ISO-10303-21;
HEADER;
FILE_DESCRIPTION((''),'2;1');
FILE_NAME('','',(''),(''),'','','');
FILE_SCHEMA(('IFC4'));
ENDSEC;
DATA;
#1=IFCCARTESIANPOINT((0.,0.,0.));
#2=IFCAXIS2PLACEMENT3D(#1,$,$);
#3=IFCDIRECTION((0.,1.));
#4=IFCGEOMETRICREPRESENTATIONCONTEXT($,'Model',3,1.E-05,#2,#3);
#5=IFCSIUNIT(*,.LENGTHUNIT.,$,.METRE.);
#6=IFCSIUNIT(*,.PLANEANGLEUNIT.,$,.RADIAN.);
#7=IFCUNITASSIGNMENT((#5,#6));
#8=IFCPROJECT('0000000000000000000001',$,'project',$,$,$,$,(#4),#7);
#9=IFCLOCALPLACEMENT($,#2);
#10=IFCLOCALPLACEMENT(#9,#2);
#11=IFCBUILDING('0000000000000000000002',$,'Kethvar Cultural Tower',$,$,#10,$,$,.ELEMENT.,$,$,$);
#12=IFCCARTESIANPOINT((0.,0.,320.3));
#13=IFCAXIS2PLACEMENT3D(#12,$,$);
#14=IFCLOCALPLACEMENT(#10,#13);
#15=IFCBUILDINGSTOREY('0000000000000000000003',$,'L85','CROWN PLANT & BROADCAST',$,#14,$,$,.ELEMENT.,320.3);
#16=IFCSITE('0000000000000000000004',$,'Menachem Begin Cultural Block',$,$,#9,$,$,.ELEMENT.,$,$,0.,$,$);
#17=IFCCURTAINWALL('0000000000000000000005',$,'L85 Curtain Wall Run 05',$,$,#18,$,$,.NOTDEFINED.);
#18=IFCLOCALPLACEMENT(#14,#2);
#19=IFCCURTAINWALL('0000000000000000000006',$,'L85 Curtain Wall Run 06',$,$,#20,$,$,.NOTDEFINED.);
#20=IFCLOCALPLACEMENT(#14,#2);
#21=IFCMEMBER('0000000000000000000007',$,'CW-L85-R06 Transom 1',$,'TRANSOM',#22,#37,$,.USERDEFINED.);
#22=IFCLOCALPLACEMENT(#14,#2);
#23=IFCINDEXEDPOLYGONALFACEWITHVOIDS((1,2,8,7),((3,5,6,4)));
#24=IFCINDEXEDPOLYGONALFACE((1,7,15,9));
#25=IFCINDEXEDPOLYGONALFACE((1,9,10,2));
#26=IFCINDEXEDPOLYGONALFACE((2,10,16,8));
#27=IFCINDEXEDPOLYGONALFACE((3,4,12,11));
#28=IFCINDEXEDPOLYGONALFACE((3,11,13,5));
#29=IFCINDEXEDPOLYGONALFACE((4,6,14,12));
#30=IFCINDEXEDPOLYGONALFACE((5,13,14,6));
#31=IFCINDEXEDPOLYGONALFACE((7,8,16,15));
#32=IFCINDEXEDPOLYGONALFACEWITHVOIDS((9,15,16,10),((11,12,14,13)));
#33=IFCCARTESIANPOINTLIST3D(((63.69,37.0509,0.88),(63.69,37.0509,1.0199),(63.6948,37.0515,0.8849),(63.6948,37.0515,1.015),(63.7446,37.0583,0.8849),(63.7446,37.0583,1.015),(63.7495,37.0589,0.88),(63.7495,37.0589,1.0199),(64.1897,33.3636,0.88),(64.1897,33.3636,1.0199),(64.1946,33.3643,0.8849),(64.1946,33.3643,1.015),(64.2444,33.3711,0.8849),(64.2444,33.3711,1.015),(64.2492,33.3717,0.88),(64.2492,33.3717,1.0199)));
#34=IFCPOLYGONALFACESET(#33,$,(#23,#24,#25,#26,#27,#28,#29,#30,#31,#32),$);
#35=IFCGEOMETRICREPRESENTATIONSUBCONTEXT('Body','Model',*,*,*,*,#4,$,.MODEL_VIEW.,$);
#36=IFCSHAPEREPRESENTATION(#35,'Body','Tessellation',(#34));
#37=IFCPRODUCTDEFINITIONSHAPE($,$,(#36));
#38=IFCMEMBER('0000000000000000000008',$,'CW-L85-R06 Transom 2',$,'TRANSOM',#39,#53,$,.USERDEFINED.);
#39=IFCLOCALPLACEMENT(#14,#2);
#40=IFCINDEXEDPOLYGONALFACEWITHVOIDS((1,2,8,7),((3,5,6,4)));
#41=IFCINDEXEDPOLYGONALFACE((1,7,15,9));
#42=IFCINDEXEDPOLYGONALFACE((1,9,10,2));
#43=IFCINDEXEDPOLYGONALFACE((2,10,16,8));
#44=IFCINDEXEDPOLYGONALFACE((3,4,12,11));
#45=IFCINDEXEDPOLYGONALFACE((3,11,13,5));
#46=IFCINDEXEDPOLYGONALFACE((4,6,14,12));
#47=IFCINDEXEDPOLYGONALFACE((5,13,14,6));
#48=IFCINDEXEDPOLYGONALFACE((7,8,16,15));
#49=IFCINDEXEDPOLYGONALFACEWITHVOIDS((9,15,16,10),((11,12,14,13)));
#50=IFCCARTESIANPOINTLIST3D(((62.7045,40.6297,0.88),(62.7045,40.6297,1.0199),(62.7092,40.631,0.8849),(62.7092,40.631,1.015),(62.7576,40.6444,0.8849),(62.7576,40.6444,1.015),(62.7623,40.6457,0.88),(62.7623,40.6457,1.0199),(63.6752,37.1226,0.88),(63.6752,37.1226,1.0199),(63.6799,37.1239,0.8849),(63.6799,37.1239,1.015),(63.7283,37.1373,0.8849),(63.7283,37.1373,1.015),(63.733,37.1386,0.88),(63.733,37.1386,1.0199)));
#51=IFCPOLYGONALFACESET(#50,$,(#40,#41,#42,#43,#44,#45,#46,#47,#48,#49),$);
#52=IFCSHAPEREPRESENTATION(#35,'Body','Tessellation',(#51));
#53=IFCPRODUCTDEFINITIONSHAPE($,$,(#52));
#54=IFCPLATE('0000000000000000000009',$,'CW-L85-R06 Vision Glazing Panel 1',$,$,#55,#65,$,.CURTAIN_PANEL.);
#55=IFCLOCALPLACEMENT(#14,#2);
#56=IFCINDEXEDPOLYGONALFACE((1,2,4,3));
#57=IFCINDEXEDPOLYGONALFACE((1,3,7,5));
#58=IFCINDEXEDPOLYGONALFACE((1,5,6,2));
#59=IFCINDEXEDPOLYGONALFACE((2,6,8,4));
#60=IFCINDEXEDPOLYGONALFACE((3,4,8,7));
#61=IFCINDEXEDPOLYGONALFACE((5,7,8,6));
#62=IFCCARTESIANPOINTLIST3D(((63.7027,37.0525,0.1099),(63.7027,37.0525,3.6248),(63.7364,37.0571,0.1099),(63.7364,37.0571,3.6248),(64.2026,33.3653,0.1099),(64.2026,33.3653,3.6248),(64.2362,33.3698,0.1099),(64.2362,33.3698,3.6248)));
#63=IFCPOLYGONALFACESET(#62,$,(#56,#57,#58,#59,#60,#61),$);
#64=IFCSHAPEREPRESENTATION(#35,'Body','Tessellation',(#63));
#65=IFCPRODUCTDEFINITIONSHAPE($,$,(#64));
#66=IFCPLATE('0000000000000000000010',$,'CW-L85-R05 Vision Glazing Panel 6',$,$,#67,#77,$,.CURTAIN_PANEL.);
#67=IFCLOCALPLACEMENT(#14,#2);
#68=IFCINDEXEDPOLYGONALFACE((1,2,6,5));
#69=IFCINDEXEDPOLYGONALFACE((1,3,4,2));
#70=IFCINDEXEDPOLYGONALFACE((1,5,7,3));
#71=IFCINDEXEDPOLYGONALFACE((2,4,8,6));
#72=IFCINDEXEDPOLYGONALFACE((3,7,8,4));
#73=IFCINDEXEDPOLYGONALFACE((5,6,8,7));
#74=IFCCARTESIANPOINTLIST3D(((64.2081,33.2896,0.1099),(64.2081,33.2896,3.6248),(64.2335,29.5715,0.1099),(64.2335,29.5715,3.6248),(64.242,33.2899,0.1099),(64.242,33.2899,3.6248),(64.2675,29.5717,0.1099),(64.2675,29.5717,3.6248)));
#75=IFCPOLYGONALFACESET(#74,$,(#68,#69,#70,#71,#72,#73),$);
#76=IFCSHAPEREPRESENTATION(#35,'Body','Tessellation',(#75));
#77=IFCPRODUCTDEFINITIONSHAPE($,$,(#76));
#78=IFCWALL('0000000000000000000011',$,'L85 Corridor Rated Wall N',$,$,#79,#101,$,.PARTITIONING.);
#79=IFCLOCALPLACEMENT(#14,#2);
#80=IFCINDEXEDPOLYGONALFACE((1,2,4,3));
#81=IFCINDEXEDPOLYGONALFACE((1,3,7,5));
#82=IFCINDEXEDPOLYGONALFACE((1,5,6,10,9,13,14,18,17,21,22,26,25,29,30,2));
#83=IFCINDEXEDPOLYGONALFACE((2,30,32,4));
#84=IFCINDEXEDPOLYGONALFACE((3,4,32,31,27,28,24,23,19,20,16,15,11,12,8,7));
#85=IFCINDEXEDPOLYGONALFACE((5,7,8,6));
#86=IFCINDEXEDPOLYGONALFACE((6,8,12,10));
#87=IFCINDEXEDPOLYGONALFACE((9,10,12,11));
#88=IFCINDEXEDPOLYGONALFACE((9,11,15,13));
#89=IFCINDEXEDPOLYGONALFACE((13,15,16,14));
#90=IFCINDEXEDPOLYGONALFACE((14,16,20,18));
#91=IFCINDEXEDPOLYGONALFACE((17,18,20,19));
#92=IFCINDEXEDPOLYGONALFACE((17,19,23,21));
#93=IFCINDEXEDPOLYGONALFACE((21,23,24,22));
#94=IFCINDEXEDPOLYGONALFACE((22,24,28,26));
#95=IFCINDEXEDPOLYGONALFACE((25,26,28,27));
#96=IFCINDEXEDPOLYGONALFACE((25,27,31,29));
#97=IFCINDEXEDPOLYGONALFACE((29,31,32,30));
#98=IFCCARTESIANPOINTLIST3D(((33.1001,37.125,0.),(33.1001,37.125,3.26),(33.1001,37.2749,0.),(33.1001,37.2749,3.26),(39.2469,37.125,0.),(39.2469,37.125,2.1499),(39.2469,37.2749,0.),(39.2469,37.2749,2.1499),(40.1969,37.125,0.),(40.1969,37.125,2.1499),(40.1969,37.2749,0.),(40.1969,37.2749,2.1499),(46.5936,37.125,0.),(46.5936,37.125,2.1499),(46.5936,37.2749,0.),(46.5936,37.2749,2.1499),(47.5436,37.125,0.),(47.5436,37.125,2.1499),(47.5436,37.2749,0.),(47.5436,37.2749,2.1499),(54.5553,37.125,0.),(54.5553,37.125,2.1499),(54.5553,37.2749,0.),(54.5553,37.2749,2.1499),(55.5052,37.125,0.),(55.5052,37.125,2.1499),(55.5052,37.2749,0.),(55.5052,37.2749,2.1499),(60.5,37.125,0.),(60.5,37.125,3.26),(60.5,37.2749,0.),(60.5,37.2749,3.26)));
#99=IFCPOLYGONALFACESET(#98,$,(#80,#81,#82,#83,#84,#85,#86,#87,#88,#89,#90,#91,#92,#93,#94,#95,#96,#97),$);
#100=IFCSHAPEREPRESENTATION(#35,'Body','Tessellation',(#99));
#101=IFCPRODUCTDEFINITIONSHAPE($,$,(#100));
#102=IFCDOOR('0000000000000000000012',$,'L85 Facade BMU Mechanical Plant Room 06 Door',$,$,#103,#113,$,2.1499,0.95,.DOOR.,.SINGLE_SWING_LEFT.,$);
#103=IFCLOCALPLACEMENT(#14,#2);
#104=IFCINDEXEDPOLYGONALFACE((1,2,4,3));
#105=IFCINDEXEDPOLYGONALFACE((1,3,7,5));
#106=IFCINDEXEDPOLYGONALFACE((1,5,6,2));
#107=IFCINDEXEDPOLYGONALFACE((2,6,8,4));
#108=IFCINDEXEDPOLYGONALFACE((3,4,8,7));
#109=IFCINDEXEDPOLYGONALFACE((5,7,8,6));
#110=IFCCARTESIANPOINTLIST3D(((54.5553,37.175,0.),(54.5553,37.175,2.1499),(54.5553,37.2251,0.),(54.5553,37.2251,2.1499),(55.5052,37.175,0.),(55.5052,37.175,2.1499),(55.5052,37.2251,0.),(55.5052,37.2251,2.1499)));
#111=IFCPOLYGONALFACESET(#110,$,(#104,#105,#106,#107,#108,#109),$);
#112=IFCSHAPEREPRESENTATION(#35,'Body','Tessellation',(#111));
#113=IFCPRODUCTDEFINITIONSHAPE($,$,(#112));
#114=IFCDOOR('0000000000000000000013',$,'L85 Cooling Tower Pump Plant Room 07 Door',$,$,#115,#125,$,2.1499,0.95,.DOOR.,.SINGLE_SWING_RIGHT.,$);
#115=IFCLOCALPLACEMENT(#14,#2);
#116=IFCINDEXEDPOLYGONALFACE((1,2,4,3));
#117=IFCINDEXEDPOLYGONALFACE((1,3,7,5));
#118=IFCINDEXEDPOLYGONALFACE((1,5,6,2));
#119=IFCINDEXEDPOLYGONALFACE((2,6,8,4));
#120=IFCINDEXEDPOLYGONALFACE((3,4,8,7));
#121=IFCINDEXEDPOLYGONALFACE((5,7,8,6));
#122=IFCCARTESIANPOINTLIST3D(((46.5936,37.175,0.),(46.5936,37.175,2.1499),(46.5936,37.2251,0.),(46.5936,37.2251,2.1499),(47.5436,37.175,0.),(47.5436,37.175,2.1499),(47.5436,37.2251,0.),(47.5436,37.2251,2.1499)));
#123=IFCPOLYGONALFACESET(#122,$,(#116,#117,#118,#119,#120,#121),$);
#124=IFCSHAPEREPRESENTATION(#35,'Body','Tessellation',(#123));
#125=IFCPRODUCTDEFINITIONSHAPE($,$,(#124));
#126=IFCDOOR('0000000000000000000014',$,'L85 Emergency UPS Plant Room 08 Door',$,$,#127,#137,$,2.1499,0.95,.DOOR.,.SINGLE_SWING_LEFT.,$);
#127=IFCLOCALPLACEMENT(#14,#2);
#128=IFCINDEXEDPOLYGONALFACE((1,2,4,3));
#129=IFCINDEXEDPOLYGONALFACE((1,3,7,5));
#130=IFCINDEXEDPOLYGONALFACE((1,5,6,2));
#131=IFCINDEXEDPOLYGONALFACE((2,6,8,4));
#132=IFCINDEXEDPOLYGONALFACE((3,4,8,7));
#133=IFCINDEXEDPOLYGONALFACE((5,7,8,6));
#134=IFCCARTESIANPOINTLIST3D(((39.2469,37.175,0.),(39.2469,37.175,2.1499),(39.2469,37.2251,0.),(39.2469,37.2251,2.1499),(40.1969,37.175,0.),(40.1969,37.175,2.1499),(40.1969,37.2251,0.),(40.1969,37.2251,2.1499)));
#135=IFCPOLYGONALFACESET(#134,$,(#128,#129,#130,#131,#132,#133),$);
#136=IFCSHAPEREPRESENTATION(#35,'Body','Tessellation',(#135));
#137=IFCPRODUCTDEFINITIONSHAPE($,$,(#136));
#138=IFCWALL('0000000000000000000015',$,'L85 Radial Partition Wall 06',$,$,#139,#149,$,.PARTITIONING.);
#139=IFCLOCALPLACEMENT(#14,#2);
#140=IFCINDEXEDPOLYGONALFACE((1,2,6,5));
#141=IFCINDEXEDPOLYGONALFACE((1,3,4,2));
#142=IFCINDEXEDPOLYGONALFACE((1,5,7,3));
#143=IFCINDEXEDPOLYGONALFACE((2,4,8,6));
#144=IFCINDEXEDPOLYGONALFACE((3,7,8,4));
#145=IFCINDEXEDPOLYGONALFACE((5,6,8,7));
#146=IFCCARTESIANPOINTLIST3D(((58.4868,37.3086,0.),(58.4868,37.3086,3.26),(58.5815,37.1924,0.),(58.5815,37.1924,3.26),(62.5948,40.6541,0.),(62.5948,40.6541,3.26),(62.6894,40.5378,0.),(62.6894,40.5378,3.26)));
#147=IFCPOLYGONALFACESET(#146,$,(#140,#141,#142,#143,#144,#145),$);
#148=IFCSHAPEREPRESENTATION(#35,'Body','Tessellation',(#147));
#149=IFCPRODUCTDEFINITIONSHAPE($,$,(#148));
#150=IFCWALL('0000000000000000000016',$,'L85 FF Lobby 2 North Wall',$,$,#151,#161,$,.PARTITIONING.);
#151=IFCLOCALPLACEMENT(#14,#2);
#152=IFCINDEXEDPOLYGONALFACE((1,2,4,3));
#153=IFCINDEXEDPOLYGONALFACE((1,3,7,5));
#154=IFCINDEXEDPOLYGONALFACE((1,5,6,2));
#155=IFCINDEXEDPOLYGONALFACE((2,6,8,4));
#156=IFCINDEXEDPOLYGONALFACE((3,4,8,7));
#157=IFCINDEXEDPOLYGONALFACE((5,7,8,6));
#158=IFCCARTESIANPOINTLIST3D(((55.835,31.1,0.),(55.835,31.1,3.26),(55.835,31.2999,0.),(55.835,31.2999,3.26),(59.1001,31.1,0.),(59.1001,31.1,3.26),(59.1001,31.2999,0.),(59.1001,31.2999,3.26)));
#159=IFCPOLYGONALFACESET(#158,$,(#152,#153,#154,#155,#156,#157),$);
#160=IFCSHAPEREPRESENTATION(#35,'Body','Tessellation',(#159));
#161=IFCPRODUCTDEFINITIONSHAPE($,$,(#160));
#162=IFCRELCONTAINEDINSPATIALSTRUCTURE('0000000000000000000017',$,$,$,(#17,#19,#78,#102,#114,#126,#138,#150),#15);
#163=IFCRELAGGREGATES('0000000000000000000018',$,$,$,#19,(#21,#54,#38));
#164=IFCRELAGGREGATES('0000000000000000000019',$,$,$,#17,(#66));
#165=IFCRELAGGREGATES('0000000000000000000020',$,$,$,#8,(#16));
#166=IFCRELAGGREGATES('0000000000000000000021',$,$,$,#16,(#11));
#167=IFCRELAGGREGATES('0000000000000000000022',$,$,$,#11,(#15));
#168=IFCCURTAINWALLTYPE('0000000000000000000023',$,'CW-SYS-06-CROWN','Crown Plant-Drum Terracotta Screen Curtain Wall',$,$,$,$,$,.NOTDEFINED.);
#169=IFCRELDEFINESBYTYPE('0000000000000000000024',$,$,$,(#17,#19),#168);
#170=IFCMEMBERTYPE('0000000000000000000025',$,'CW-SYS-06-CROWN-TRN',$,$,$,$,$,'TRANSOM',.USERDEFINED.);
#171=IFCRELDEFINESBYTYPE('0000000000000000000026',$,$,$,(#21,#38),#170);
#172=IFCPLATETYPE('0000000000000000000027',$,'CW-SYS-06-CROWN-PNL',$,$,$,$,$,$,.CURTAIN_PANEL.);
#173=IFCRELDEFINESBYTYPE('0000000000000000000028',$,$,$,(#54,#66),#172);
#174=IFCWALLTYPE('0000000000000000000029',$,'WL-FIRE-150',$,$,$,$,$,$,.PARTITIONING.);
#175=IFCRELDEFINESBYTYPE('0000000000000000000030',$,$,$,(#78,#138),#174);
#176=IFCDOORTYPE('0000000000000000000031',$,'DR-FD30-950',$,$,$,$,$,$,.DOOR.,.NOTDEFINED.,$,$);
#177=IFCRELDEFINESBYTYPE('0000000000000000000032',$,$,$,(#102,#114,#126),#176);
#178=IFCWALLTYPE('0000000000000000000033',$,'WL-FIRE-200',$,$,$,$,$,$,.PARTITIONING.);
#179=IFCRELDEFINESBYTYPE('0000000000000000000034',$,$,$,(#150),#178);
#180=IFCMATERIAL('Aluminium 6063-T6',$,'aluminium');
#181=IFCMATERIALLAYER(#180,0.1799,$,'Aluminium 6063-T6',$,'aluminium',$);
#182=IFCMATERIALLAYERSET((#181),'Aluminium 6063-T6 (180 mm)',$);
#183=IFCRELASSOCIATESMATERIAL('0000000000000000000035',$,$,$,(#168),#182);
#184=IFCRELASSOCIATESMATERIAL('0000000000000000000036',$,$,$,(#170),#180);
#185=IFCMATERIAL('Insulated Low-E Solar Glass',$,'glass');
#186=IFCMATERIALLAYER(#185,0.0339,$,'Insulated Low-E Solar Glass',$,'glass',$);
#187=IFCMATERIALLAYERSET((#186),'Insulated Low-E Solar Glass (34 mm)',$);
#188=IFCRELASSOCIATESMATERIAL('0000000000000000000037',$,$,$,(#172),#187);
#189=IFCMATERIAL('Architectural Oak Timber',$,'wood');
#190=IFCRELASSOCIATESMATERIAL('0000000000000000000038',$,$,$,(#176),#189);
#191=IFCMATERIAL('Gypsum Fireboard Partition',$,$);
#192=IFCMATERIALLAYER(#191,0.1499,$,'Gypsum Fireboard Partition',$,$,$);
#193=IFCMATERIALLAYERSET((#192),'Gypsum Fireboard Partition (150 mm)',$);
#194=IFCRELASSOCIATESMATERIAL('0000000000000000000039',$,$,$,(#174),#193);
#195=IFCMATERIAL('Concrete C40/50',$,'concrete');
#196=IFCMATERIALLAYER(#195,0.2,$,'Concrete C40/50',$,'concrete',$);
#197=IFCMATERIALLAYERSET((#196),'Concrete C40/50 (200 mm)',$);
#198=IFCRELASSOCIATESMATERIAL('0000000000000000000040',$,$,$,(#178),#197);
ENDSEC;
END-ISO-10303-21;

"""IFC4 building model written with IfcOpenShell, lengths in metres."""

from ifc_helpers import new_model, si_unit, direction, frame, frame_2d, origin, origin_2d, place, context, subcontext, project, spatial, rectangle, hollow_rectangle, extrude, source, transform, mapped, material, layer, layer_set, material_profile, profile_set, type_object, element, fill, aggregate, save


model = new_model("IFC4")

# Units and contexts
model_context = context("Model", 3, precision=1e-05, world=origin(), true_north=direction((0.0, 1.0)))
body_context = subcontext(model_context, "Body", "Model", "MODEL_VIEW")
ifc_project = project(units=[si_unit("LENGTHUNIT", "METRE"), si_unit("PLANEANGLEUNIT", "RADIAN")], contexts=[model_context])

# Site, building, storey
site_placement = place(None, origin())
site = spatial("IfcSite", under=ifc_project, at=site_placement, Name="Menachem Begin Cultural Block", CompositionType="ELEMENT", RefElevation=0.0)
building_placement = place(site_placement, origin())
building = spatial("IfcBuilding", under=site, at=building_placement, Name="Kethvar Cultural Tower", CompositionType="ELEMENT")
storey_placement = place(building_placement, frame((0.0, 0.0, 320.3)))
storey = spatial("IfcBuildingStorey", under=building, at=storey_placement, Name="L85", Description="CROWN PLANT & BROADCAST", CompositionType="ELEMENT", Elevation=320.3)

# Curtain walls
ifc_material_1 = material(Name="Aluminium 6063-T6", Category="aluminium")
ifc_layer_1 = layer(ifc_material_1, 0.1799, Name="Aluminium 6063-T6", Category="aluminium")
ifc_layer_set_1 = layer_set([ifc_layer_1], Name="Aluminium 6063-T6 (180 mm)")
curtain_wall_type = type_object("IfcCurtainWallType", Name="CW-SYS-06-CROWN", Description="Crown Plant-Drum Terracotta Screen Curtain Wall", PredefinedType="NOTDEFINED", material=ifc_layer_set_1)
curtain_wall_1_placement = place(storey_placement, origin())
curtain_wall_1 = element("IfcCurtainWall", 1, at=curtain_wall_1_placement, inside=storey, type_object=curtain_wall_type, Name="L85 Curtain Wall Run 05", PredefinedType="NOTDEFINED")
curtain_wall_2_placement = place(storey_placement, origin())
curtain_wall_2 = element("IfcCurtainWall", 2, at=curtain_wall_2_placement, inside=storey, type_object=curtain_wall_type, Name="L85 Curtain Wall Run 06", PredefinedType="NOTDEFINED")

# Members
ifc_material_profile_1 = material_profile(ifc_material_1, hollow_rectangle(XDim=0.0601, YDim=0.1399, WallThickness=0.0049, at=origin_2d()), Name="Aluminium 6063-T6 — RHS140x60x5")
ifc_profile_set_1 = profile_set([ifc_material_profile_1], Name="Aluminium 6063-T6 — RHS140x60x5")
member_type_1 = type_object("IfcMemberType", Name="CW-SYS-06-CROWN-TRN", ElementType="TRANSOM", PredefinedType="USERDEFINED", material=ifc_profile_set_1)
shared_shape_1 = source(origin(), body_context, "Body", "SweptSolid", [
    extrude(hollow_rectangle(XDim=0.0601, YDim=0.1399, WallThickness=0.0049, at=origin_2d()), origin(), (0.0, 0.0, 1.0), 3.7209),
])
member_1_placement = place(storey_placement, frame((64.2195, 33.3677, 0.95), z_axis=(-0.134308, 0.99094, 0.0), x_axis=(-0.99094, -0.134308, 0.0)))
member_1 = element("IfcMember", 3, at=member_1_placement, type_object=member_type_1, Name="CW-L85-R06 Transom 1", ObjectType="TRANSOM", PredefinedType="USERDEFINED", context=body_context, shape_type="MappedRepresentation", body=[
    mapped(shared_shape_1, transform((0.0, 0.0, 0.0), scale=1.0)),
])
shared_shape_2 = source(origin(), body_context, "Body", "SweptSolid", [
    extrude(hollow_rectangle(XDim=0.0601, YDim=0.1399, WallThickness=0.0049, at=origin_2d()), origin(), (0.0, 0.0, 1.0), 3.6389),
])
member_2_placement = place(storey_placement, frame((63.7041, 37.1306, 0.95), z_axis=(-0.266754, 0.963765, 0.0), x_axis=(-0.963765, -0.266754, 0.0)))
member_2 = element("IfcMember", 4, at=member_2_placement, type_object=member_type_1, Name="CW-L85-R06 Transom 2", ObjectType="TRANSOM", PredefinedType="USERDEFINED", context=body_context, shape_type="MappedRepresentation", body=[
    mapped(shared_shape_2, transform((0.0, 0.0, 0.0), scale=1.0)),
])

# Plates
ifc_material_2 = material(Name="Insulated Low-E Solar Glass", Category="glass")
ifc_layer_2 = layer(ifc_material_2, 0.0339, Name="Insulated Low-E Solar Glass", Category="glass")
ifc_layer_set_2 = layer_set([ifc_layer_2], Name="Insulated Low-E Solar Glass (34 mm)")
plate_type = type_object("IfcPlateType", Name="CW-SYS-06-CROWN-PNL", PredefinedType="CURTAIN_PANEL", material=ifc_layer_set_2)
shared_shape_3 = source(origin(), body_context, "Body", "SweptSolid", [
    extrude(rectangle(XDim=3.7209, YDim=0.0339, at=origin_2d()), origin(), (0.0, 0.0, 1.0), 3.5149),
])
plate_1_placement = place(storey_placement, frame((63.9695, 35.2112, 0.1099), z_axis=(0.0, 0.0, 1.0), x_axis=(-0.134332, 0.990936, 0.0)))
plate_1 = element("IfcPlate", 5, at=plate_1_placement, type_object=plate_type, Name="CW-L85-R06 Vision Glazing Panel 1", PredefinedType="CURTAIN_PANEL", context=body_context, shape_type="MappedRepresentation", body=[
    mapped(shared_shape_3, transform((0.0, 0.0, 0.0), scale=1.0)),
])
aggregate(curtain_wall_2, [member_1, plate_1, member_2])
shared_shape_4 = source(origin(), body_context, "Body", "SweptSolid", [
    extrude(rectangle(XDim=3.7183, YDim=0.0339, at=origin_2d()), origin(), (0.0, 0.0, 1.0), 3.5149),
])
plate_2_placement = place(storey_placement, frame((64.2378, 31.4307, 0.1099), z_axis=(0.0, 0.0, 1.0), x_axis=(-0.006842, 0.999977, 0.0)))
plate_2 = element("IfcPlate", 6, at=plate_2_placement, type_object=plate_type, Name="CW-L85-R05 Vision Glazing Panel 6", PredefinedType="CURTAIN_PANEL", context=body_context, shape_type="MappedRepresentation", body=[
    mapped(shared_shape_4, transform((0.0, 0.0, 0.0), scale=1.0)),
])
aggregate(curtain_wall_1, [plate_2])

# Wall, openings, doors
ifc_material_3 = material(Name="Architectural Oak Timber", Category="wood")
door_type_1 = type_object("IfcDoorType", Name="DR-FD30-950", OperationType="NOTDEFINED", PredefinedType="DOOR", material=ifc_material_3)
shared_shape_5 = source(origin(), body_context, "Body", "SweptSolid", [
    extrude(rectangle(XDim=0.95, YDim=2.1499, at=frame_2d((0.4751, 1.075))), frame((0.0, 0.0249, 0.0), z_axis=(0.0, -1.0, 0.0), x_axis=(1.0, 0.0, 0.0)), (0.0, 0.0, 1.0), 0.05),
])
ifc_material_4 = material(Name="Gypsum Fireboard Partition")
ifc_layer_3 = layer(ifc_material_4, 0.1499, Name="Gypsum Fireboard Partition")
ifc_layer_set_3 = layer_set([ifc_layer_3], Name="Gypsum Fireboard Partition (150 mm)")
wall_type_1 = type_object("IfcWallType", Name="WL-FIRE-150", PredefinedType="PARTITIONING", material=ifc_layer_set_3)
wall_1_placement = place(storey_placement, frame((60.5, 37.2, 0.0), z_axis=(0.0, 0.0, 1.0), x_axis=(-1.0, 0.0, 0.0)))
wall_1 = element("IfcWall", 7, at=wall_1_placement, inside=storey, type_object=wall_type_1, Name="L85 Corridor Rated Wall N", PredefinedType="PARTITIONING", context=body_context, shape_type="SweptSolid", body=[
    extrude(rectangle(XDim=27.3999, YDim=0.1499, at=frame_2d((13.7, 0.0))), origin(), (0.0, 0.0, 1.0), 3.26),
])
opening_1_placement = place(wall_1_placement, frame((4.9946, 0.0, 0.0)))
opening_1 = element("IfcOpeningElement", 8, at=opening_1_placement, cuts=wall_1, PredefinedType="OPENING", context=body_context, shape_type="SweptSolid", body=[
    extrude(rectangle(XDim=0.95, YDim=2.1499, at=frame_2d((0.4751, 1.075))), frame((0.0, 0.085, 0.0), z_axis=(0.0, -1.0, 0.0), x_axis=(1.0, 0.0, 0.0)), (0.0, 0.0, 1.0), 0.1699),
])
opening_2_placement = place(wall_1_placement, frame((12.9563, 0.0, 0.0)))
opening_2 = element("IfcOpeningElement", 9, at=opening_2_placement, cuts=wall_1, PredefinedType="OPENING", context=body_context, shape_type="SweptSolid", body=[
    extrude(rectangle(XDim=0.95, YDim=2.1499, at=frame_2d((0.4751, 1.075))), frame((0.0, 0.085, 0.0), z_axis=(0.0, -1.0, 0.0), x_axis=(1.0, 0.0, 0.0)), (0.0, 0.0, 1.0), 0.1699),
])
opening_3_placement = place(wall_1_placement, frame((20.303, 0.0, 0.0)))
opening_3 = element("IfcOpeningElement", 10, at=opening_3_placement, cuts=wall_1, PredefinedType="OPENING", context=body_context, shape_type="SweptSolid", body=[
    extrude(rectangle(XDim=0.95, YDim=2.1499, at=frame_2d((0.4751, 1.075))), frame((0.0, 0.085, 0.0), z_axis=(0.0, -1.0, 0.0), x_axis=(1.0, 0.0, 0.0)), (0.0, 0.0, 1.0), 0.1699),
])
door_1_placement = place(opening_1_placement, origin())
door_1 = element("IfcDoor", 11, at=door_1_placement, inside=storey, type_object=door_type_1, Name="L85 Facade BMU Mechanical Plant Room 06 Door", OperationType="SINGLE_SWING_LEFT", OverallHeight=2.1499, OverallWidth=0.95, PredefinedType="DOOR", context=body_context, shape_type="MappedRepresentation", body=[
    mapped(shared_shape_5, transform((0.0, 0.0, 0.0), scale=1.0)),
])
fill(opening_1, door_1)
door_2_placement = place(opening_2_placement, origin())
door_2 = element("IfcDoor", 12, at=door_2_placement, inside=storey, type_object=door_type_1, Name="L85 Cooling Tower Pump Plant Room 07 Door", OperationType="SINGLE_SWING_RIGHT", OverallHeight=2.1499, OverallWidth=0.95, PredefinedType="DOOR", context=body_context, shape_type="MappedRepresentation", body=[
    mapped(shared_shape_5, transform((0.0, 0.0, 0.0), scale=1.0)),
])
fill(opening_2, door_2)
door_3_placement = place(opening_3_placement, origin())
door_3 = element("IfcDoor", 13, at=door_3_placement, inside=storey, type_object=door_type_1, Name="L85 Emergency UPS Plant Room 08 Door", OperationType="SINGLE_SWING_LEFT", OverallHeight=2.1499, OverallWidth=0.95, PredefinedType="DOOR", context=body_context, shape_type="MappedRepresentation", body=[
    mapped(shared_shape_5, transform((0.0, 0.0, 0.0), scale=1.0)),
])
fill(opening_3, door_3)

# Walls
wall_2_placement = place(storey_placement, frame((58.5342, 37.2505, 0.0), z_axis=(0.0, 0.0, 1.0), x_axis=(0.775395, 0.631477, 0.0)))
element("IfcWall", 14, at=wall_2_placement, inside=storey, type_object=wall_type_1, Name="L85 Radial Partition Wall 06", PredefinedType="PARTITIONING", context=body_context, shape_type="SweptSolid", body=[
    extrude(rectangle(XDim=5.2979, YDim=0.1499, at=frame_2d((2.6489, 0.0))), origin(), (0.0, 0.0, 1.0), 3.26),
])
ifc_material_5 = material(Name="Concrete C40/50", Category="concrete")
ifc_layer_4 = layer(ifc_material_5, 0.2, Name="Concrete C40/50", Category="concrete")
ifc_layer_set_4 = layer_set([ifc_layer_4], Name="Concrete C40/50 (200 mm)")
wall_type_2 = type_object("IfcWallType", Name="WL-FIRE-200", PredefinedType="PARTITIONING", material=ifc_layer_set_4)
wall_3_placement = place(storey_placement, frame((55.835, 31.2, 0.0), z_axis=(0.0, 0.0, 1.0), x_axis=(1.0, 0.0, 0.0)))
element("IfcWall", 15, at=wall_3_placement, inside=storey, type_object=wall_type_2, Name="L85 FF Lobby 2 North Wall", PredefinedType="PARTITIONING", context=body_context, shape_type="SweptSolid", body=[
    extrude(rectangle(XDim=3.2651, YDim=0.2, at=frame_2d((1.6326, 0.0))), origin(), (0.0, 0.0, 1.0), 3.26),
])

save(model, "model.ifc")
